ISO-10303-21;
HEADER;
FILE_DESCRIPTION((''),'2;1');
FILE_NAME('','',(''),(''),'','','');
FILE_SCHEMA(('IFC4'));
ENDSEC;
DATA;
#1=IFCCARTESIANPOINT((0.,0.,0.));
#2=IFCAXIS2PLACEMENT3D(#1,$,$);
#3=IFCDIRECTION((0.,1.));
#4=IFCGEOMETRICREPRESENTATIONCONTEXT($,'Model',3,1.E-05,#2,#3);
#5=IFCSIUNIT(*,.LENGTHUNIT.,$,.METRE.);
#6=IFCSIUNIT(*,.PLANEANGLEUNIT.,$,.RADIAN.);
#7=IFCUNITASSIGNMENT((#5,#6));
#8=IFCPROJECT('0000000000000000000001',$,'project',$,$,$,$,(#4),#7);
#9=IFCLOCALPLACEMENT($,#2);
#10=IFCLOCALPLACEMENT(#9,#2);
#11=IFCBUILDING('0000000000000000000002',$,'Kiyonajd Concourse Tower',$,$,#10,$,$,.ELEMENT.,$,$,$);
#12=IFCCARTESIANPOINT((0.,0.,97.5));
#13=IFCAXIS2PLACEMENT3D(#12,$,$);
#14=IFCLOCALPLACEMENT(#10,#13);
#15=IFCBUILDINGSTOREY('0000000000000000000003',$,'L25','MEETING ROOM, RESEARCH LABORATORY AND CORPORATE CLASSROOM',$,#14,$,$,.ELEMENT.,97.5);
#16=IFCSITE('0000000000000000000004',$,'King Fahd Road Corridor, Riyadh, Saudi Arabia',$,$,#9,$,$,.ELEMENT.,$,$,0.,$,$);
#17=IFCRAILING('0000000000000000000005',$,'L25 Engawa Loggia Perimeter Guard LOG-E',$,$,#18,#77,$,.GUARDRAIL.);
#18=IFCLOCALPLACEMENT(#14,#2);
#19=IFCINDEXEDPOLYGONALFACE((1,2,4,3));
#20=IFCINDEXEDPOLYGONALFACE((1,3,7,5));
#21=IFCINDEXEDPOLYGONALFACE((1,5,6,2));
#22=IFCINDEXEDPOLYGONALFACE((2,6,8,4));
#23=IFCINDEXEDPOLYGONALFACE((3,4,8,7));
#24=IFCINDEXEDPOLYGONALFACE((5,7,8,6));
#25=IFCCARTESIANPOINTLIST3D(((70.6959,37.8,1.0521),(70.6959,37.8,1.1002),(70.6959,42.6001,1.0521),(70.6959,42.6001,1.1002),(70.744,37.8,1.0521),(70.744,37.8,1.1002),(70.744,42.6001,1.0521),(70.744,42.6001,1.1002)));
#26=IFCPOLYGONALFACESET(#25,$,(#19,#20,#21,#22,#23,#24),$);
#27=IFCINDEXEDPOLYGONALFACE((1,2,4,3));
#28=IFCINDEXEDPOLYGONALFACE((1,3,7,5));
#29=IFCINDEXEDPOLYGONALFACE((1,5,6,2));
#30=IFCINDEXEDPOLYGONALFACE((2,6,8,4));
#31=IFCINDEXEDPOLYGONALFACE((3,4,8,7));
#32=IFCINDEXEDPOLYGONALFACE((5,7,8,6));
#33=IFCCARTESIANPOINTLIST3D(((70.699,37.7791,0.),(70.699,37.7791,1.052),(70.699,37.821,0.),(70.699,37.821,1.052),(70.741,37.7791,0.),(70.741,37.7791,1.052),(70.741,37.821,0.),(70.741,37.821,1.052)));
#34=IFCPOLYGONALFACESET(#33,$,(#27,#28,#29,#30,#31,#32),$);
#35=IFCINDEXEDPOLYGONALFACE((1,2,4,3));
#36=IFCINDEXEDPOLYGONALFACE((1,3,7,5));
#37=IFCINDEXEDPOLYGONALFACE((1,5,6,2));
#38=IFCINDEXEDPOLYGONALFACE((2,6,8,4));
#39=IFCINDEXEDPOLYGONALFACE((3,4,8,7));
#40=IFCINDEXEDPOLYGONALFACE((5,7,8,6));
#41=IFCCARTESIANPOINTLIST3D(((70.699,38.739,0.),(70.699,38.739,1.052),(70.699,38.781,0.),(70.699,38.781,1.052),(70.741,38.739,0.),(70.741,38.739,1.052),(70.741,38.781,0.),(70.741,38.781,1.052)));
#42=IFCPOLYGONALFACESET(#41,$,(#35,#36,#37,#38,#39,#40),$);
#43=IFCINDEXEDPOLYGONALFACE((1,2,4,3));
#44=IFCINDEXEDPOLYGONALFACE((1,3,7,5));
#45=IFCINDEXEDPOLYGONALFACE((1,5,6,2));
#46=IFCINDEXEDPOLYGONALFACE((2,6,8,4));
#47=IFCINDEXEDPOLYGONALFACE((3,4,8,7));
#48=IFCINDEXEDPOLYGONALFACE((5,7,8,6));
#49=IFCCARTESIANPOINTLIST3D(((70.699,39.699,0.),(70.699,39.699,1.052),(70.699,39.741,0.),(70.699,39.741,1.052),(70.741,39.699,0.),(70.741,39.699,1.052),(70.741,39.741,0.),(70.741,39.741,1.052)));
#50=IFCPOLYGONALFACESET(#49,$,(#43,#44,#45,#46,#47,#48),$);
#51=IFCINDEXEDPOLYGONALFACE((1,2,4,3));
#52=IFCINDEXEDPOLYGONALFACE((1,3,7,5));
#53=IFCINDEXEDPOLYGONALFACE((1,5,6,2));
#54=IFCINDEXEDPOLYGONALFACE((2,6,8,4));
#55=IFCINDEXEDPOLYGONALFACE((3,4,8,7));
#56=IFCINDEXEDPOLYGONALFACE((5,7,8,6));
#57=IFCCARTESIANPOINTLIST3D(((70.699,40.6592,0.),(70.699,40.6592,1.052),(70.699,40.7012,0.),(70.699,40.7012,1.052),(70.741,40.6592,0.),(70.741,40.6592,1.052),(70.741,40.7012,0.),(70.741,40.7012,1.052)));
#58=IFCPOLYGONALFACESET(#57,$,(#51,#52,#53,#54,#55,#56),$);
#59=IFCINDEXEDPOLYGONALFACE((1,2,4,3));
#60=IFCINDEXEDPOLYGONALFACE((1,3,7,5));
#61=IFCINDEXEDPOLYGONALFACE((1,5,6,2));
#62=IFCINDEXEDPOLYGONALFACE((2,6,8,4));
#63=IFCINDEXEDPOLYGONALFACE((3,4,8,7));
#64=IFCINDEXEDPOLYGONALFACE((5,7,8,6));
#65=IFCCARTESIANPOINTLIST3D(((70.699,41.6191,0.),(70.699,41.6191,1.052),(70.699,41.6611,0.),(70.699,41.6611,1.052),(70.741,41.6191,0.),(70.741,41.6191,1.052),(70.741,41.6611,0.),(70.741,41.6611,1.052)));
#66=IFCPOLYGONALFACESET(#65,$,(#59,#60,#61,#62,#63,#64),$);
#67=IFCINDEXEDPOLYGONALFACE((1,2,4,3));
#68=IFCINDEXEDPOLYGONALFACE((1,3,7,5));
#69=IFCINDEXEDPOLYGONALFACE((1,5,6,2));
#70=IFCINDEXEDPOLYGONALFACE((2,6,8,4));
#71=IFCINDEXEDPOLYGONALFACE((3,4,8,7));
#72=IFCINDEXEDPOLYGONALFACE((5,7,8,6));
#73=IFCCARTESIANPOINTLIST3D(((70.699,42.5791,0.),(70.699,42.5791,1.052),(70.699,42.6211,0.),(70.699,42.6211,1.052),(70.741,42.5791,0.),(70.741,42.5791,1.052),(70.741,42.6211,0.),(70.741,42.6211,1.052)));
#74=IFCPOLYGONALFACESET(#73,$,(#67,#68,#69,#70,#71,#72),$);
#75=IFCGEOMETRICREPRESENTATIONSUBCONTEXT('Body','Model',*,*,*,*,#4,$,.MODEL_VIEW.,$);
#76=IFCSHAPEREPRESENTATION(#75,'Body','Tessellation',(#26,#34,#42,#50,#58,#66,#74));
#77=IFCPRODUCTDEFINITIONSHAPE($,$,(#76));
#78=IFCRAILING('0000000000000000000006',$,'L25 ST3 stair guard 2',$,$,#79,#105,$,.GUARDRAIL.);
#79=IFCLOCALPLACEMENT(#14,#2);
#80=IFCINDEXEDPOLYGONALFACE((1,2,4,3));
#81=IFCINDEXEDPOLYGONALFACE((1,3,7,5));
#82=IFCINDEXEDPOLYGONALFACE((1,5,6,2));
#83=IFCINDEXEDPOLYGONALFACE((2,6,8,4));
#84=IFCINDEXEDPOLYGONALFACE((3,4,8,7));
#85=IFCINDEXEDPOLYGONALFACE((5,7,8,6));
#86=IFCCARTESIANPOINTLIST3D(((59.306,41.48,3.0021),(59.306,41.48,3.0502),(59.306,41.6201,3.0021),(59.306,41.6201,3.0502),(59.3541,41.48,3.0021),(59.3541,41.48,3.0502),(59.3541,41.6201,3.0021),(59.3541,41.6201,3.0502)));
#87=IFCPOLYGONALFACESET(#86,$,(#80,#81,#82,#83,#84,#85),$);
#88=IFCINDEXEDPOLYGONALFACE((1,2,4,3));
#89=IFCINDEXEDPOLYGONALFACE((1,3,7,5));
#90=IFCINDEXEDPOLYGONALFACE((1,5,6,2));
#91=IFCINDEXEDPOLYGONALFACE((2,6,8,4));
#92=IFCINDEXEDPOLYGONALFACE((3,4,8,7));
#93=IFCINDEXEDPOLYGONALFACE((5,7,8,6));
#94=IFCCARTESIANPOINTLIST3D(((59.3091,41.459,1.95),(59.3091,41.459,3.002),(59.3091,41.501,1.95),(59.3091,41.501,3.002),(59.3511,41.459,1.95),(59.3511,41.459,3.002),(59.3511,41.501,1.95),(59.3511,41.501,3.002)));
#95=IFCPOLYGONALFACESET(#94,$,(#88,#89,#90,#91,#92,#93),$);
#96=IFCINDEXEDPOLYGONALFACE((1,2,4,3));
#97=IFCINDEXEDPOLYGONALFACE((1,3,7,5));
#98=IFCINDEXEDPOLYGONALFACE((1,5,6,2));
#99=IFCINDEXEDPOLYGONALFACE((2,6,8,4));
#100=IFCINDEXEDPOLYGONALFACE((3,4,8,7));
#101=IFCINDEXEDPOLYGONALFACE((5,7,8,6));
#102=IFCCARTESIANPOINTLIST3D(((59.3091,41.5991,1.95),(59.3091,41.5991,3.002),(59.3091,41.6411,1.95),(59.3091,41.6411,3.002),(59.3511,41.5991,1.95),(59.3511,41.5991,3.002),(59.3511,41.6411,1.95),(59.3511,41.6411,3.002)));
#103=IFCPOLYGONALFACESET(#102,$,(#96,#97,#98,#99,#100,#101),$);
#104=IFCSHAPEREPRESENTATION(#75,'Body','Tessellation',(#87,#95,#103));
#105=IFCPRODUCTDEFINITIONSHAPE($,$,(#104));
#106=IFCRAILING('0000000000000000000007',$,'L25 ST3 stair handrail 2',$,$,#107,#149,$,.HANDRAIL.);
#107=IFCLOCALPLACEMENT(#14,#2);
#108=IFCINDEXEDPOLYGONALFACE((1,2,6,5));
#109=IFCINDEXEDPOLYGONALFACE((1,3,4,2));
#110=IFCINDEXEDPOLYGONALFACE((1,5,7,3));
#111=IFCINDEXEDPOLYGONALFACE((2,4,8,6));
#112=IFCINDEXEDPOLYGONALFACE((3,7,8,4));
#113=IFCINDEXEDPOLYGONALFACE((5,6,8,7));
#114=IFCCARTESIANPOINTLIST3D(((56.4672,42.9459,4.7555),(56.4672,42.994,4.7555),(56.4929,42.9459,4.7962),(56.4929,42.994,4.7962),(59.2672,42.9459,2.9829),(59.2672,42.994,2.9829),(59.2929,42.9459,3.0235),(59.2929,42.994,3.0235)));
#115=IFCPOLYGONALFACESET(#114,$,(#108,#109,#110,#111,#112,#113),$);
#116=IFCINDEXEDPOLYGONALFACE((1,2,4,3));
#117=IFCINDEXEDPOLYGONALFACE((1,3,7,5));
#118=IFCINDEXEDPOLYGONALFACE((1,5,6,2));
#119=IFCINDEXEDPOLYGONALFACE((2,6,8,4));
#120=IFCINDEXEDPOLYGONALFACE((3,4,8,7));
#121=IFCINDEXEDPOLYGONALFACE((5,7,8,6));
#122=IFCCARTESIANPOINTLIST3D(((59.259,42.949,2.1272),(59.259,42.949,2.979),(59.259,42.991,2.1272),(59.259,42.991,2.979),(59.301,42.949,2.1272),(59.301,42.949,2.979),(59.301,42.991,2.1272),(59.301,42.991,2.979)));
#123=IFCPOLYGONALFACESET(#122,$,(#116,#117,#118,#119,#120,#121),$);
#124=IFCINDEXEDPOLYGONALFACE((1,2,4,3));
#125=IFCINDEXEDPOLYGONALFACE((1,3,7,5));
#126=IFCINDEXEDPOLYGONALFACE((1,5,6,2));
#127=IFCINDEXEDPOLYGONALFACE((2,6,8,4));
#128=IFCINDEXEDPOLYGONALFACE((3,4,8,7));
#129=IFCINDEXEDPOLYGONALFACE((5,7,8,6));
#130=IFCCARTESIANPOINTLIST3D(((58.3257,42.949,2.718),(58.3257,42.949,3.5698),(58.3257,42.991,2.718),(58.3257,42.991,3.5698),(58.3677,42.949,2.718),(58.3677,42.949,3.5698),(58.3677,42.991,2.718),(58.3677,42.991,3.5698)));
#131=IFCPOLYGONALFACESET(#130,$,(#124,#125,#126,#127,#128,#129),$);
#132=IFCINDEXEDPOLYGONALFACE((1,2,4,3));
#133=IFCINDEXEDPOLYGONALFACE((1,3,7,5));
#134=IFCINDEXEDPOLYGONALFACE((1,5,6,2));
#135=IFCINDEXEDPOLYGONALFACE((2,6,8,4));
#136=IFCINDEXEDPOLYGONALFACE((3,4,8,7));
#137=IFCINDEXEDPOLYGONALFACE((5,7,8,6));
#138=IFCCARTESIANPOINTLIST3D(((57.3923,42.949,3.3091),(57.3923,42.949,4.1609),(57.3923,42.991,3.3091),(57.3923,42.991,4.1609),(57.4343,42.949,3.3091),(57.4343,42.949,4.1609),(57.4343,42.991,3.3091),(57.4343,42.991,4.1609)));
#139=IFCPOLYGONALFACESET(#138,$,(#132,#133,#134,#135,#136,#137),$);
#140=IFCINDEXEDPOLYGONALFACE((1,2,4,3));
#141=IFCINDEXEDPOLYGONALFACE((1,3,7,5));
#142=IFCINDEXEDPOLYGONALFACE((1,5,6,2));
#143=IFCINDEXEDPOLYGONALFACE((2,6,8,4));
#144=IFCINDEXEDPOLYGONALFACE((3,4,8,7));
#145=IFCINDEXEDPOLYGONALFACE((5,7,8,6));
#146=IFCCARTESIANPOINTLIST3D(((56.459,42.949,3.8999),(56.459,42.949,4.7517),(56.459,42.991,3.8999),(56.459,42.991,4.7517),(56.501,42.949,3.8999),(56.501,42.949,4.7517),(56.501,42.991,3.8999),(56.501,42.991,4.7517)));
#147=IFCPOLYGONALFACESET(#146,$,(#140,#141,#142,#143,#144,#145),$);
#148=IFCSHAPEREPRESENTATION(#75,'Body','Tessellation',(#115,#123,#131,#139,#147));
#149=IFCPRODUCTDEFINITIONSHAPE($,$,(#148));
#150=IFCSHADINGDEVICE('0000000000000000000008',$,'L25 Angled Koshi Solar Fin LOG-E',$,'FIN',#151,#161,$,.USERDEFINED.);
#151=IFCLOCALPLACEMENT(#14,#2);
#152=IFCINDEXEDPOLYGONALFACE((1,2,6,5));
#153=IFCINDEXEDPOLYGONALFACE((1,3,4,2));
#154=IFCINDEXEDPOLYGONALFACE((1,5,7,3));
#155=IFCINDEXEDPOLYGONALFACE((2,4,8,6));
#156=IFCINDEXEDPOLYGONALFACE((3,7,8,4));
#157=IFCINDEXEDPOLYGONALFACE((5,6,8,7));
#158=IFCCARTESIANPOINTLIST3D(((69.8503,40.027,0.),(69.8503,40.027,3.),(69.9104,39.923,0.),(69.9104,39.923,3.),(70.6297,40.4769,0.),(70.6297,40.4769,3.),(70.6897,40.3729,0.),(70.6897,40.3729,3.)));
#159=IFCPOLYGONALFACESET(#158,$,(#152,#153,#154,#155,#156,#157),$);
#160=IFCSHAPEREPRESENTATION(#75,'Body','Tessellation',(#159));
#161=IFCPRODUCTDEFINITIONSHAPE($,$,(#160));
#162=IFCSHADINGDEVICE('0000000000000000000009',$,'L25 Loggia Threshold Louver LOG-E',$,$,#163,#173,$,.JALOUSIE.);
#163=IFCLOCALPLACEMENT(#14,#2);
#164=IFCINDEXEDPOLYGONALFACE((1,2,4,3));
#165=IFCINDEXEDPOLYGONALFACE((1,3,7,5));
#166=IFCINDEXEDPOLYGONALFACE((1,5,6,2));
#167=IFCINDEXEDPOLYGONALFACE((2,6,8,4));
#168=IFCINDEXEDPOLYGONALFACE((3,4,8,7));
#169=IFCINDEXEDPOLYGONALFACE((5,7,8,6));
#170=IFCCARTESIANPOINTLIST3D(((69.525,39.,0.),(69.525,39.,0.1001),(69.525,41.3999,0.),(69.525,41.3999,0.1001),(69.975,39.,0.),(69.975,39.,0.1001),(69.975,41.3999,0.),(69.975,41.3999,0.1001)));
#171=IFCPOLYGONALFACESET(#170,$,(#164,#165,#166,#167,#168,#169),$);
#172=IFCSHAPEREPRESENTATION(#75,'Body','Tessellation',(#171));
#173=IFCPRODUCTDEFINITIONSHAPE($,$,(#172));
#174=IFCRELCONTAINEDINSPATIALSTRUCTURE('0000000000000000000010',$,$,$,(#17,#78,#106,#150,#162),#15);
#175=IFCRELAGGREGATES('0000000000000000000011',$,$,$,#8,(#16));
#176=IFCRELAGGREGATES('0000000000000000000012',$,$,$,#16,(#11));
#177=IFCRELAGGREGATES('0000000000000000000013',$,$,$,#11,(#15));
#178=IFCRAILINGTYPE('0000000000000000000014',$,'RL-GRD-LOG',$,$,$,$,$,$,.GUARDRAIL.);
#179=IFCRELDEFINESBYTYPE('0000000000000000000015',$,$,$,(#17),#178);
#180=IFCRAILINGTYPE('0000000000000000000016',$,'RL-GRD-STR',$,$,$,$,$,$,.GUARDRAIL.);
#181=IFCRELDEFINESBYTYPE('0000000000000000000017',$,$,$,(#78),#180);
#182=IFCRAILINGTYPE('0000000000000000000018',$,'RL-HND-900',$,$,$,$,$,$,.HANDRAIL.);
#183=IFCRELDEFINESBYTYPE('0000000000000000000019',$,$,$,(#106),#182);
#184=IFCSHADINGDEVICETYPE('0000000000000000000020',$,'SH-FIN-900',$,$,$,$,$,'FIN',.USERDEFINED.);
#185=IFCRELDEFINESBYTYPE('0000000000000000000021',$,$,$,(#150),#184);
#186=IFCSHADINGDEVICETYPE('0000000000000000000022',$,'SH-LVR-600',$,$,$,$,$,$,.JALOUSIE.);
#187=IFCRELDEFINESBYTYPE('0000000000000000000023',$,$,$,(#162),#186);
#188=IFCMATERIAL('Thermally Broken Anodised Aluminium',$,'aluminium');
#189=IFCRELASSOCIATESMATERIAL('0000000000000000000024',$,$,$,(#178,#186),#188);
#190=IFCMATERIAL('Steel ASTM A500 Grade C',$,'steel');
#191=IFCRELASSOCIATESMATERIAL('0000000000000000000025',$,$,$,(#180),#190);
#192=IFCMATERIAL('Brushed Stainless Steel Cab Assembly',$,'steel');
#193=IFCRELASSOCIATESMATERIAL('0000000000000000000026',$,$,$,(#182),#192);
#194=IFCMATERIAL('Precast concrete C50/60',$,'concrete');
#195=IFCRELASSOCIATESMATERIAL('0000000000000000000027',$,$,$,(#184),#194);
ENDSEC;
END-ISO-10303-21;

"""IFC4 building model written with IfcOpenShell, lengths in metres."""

from ifc_helpers import new_model, si_unit, direction, frame, origin, origin_2d, place, context, subcontext, project, spatial, rectangle, extrude, material, type_object, element, save


model = new_model("IFC4")

# Units and contexts
model_context = context("Model", 3, precision=1e-05, world=origin(), true_north=direction((0.0, 1.0)))
body_context = subcontext(model_context, "Body", "Model", "MODEL_VIEW")
ifc_project = project(units=[si_unit("LENGTHUNIT", "METRE"), si_unit("PLANEANGLEUNIT", "RADIAN")], contexts=[model_context])

# Site, building, storey
site_placement = place(None, origin())
site = spatial("IfcSite", under=ifc_project, at=site_placement, Name="King Fahd Road Corridor, Riyadh, Saudi Arabia", CompositionType="ELEMENT", RefElevation=0.0)
building_placement = place(site_placement, origin())
building = spatial("IfcBuilding", under=site, at=building_placement, Name="Kiyonajd Concourse Tower", CompositionType="ELEMENT")
storey_placement = place(building_placement, frame((0.0, 0.0, 97.5)))
storey = spatial("IfcBuildingStorey", under=building, at=storey_placement, Name="L25", Description="MEETING ROOM, RESEARCH LABORATORY AND CORPORATE CLASSROOM", CompositionType="ELEMENT", Elevation=97.5)

# Shared definitions
ifc_material_1 = material(Name="Precast concrete C50/60", Category="concrete")

# Shared definitions
ifc_material_2 = material(Name="Thermally Broken Anodised Aluminium", Category="aluminium")

# Railings
railing_type_1 = type_object("IfcRailingType", Name="RL-GRD-LOG", PredefinedType="GUARDRAIL", material=ifc_material_2)
railing_1_placement = place(storey_placement, frame((70.72, 37.8, 0.0)))
element("IfcRailing", 1, at=railing_1_placement, inside=storey, type_object=railing_type_1, Name="L25 Engawa Loggia Perimeter Guard LOG-E", PredefinedType="GUARDRAIL", context=body_context, shape_type="SweptSolid", body=[
    extrude(rectangle(XDim=0.0481, YDim=0.0481, at=origin_2d()), frame((0.0, 0.0, 1.0762), z_axis=(0.0, 1.0, 0.0), x_axis=(-1.0, 0.0, 0.0)), (0.0, 0.0, 1.0), 4.8),
    extrude(rectangle(XDim=0.042, YDim=0.042, at=origin_2d()), origin(), (0.0, 0.0, 1.0), 1.052),
    extrude(rectangle(XDim=0.042, YDim=0.042, at=origin_2d()), frame((0.0, 0.96, 0.0)), (0.0, 0.0, 1.0), 1.052),
    extrude(rectangle(XDim=0.042, YDim=0.042, at=origin_2d()), frame((0.0, 1.9199, 0.0)), (0.0, 0.0, 1.0), 1.052),
    extrude(rectangle(XDim=0.042, YDim=0.042, at=origin_2d()), frame((0.0, 2.8801, 0.0)), (0.0, 0.0, 1.0), 1.052),
    extrude(rectangle(XDim=0.042, YDim=0.042, at=origin_2d()), frame((0.0, 3.8401, 0.0)), (0.0, 0.0, 1.0), 1.052),
    extrude(rectangle(XDim=0.042, YDim=0.042, at=origin_2d()), frame((0.0, 4.8, 0.0)), (0.0, 0.0, 1.0), 1.052),
])
ifc_material_3 = material(Name="Steel ASTM A500 Grade C", Category="steel")
railing_type_2 = type_object("IfcRailingType", Name="RL-GRD-STR", PredefinedType="GUARDRAIL", material=ifc_material_3)
railing_2_placement = place(storey_placement, frame((59.3301, 41.48, 1.95)))
element("IfcRailing", 2, at=railing_2_placement, inside=storey, type_object=railing_type_2, Name="L25 ST3 stair guard 2", PredefinedType="GUARDRAIL", context=body_context, shape_type="SweptSolid", body=[
    extrude(rectangle(XDim=0.0481, YDim=0.0481, at=origin_2d()), frame((0.0, 0.0, 1.0762), z_axis=(0.0, 1.0, 0.0), x_axis=(-1.0, 0.0, 0.0)), (0.0, 0.0, 1.0), 0.1401),
    extrude(rectangle(XDim=0.042, YDim=0.042, at=origin_2d()), origin(), (0.0, 0.0, 1.0), 1.052),
    extrude(rectangle(XDim=0.042, YDim=0.042, at=origin_2d()), frame((0.0, 0.1401, 0.0)), (0.0, 0.0, 1.0), 1.052),
])
ifc_material_4 = material(Name="Brushed Stainless Steel Cab Assembly", Category="steel")
railing_type_3 = type_object("IfcRailingType", Name="RL-HND-900", PredefinedType="HANDRAIL", material=ifc_material_4)
railing_3_placement = place(storey_placement, frame((59.28, 42.97, 2.1272)))
element("IfcRailing", 3, at=railing_3_placement, inside=storey, type_object=railing_type_3, Name="L25 ST3 stair handrail 2", PredefinedType="HANDRAIL", context=body_context, shape_type="SweptSolid", body=[
    extrude(rectangle(XDim=0.0481, YDim=0.0481, at=origin_2d()), frame((0.0, 0.0, 0.876), z_axis=(-0.844909, 0.0, 0.53491), x_axis=(0.0, -1.0, 0.0)), (0.0, 0.0, 1.0), 3.314),
    extrude(rectangle(XDim=0.042, YDim=0.042, at=origin_2d()), origin(), (0.0, 0.0, 1.0), 0.8518),
    extrude(rectangle(XDim=0.042, YDim=0.042, at=origin_2d()), frame((-0.9333, 0.0, 0.5908)), (0.0, 0.0, 1.0), 0.8518),
    extrude(rectangle(XDim=0.042, YDim=0.042, at=origin_2d()), frame((-1.8667, 0.0, 1.1819)), (0.0, 0.0, 1.0), 0.8518),
    extrude(rectangle(XDim=0.042, YDim=0.042, at=origin_2d()), frame((-2.8, 0.0, 1.7727)), (0.0, 0.0, 1.0), 0.8518),
])

# Shading devices
shading_device_type_1 = type_object("IfcShadingDeviceType", Name="SH-FIN-900", ElementType="FIN", PredefinedType="USERDEFINED", material=ifc_material_1)
shading_device_1_placement = place(storey_placement, frame((70.27, 40.2, 0.0), z_axis=(0.0, 0.0, 1.0), x_axis=(0.866025, 0.5, 0.0)))
element("IfcShadingDevice", 4, at=shading_device_1_placement, inside=storey, type_object=shading_device_type_1, Name="L25 Angled Koshi Solar Fin LOG-E", ObjectType="FIN", PredefinedType="USERDEFINED", context=body_context, shape_type="SweptSolid", body=[
    extrude(rectangle(XDim=0.8999, YDim=0.1201, at=origin_2d()), origin(), (0.0, 0.0, 1.0), 3.0),
])
shading_device_type_2 = type_object("IfcShadingDeviceType", Name="SH-LVR-600", PredefinedType="JALOUSIE", material=ifc_material_2)
shading_device_2_placement = place(storey_placement, frame((69.75, 40.2, 0.0), z_axis=(0.0, 0.0, 1.0), x_axis=(0.0, 1.0, 0.0)))
element("IfcShadingDevice", 5, at=shading_device_2_placement, inside=storey, type_object=shading_device_type_2, Name="L25 Loggia Threshold Louver LOG-E", PredefinedType="JALOUSIE", context=body_context, shape_type="SweptSolid", body=[
    extrude(rectangle(XDim=2.3999, YDim=0.45, at=origin_2d()), origin(), (0.0, 0.0, 1.0), 0.1001),
])

save(model, "model.ifc")
